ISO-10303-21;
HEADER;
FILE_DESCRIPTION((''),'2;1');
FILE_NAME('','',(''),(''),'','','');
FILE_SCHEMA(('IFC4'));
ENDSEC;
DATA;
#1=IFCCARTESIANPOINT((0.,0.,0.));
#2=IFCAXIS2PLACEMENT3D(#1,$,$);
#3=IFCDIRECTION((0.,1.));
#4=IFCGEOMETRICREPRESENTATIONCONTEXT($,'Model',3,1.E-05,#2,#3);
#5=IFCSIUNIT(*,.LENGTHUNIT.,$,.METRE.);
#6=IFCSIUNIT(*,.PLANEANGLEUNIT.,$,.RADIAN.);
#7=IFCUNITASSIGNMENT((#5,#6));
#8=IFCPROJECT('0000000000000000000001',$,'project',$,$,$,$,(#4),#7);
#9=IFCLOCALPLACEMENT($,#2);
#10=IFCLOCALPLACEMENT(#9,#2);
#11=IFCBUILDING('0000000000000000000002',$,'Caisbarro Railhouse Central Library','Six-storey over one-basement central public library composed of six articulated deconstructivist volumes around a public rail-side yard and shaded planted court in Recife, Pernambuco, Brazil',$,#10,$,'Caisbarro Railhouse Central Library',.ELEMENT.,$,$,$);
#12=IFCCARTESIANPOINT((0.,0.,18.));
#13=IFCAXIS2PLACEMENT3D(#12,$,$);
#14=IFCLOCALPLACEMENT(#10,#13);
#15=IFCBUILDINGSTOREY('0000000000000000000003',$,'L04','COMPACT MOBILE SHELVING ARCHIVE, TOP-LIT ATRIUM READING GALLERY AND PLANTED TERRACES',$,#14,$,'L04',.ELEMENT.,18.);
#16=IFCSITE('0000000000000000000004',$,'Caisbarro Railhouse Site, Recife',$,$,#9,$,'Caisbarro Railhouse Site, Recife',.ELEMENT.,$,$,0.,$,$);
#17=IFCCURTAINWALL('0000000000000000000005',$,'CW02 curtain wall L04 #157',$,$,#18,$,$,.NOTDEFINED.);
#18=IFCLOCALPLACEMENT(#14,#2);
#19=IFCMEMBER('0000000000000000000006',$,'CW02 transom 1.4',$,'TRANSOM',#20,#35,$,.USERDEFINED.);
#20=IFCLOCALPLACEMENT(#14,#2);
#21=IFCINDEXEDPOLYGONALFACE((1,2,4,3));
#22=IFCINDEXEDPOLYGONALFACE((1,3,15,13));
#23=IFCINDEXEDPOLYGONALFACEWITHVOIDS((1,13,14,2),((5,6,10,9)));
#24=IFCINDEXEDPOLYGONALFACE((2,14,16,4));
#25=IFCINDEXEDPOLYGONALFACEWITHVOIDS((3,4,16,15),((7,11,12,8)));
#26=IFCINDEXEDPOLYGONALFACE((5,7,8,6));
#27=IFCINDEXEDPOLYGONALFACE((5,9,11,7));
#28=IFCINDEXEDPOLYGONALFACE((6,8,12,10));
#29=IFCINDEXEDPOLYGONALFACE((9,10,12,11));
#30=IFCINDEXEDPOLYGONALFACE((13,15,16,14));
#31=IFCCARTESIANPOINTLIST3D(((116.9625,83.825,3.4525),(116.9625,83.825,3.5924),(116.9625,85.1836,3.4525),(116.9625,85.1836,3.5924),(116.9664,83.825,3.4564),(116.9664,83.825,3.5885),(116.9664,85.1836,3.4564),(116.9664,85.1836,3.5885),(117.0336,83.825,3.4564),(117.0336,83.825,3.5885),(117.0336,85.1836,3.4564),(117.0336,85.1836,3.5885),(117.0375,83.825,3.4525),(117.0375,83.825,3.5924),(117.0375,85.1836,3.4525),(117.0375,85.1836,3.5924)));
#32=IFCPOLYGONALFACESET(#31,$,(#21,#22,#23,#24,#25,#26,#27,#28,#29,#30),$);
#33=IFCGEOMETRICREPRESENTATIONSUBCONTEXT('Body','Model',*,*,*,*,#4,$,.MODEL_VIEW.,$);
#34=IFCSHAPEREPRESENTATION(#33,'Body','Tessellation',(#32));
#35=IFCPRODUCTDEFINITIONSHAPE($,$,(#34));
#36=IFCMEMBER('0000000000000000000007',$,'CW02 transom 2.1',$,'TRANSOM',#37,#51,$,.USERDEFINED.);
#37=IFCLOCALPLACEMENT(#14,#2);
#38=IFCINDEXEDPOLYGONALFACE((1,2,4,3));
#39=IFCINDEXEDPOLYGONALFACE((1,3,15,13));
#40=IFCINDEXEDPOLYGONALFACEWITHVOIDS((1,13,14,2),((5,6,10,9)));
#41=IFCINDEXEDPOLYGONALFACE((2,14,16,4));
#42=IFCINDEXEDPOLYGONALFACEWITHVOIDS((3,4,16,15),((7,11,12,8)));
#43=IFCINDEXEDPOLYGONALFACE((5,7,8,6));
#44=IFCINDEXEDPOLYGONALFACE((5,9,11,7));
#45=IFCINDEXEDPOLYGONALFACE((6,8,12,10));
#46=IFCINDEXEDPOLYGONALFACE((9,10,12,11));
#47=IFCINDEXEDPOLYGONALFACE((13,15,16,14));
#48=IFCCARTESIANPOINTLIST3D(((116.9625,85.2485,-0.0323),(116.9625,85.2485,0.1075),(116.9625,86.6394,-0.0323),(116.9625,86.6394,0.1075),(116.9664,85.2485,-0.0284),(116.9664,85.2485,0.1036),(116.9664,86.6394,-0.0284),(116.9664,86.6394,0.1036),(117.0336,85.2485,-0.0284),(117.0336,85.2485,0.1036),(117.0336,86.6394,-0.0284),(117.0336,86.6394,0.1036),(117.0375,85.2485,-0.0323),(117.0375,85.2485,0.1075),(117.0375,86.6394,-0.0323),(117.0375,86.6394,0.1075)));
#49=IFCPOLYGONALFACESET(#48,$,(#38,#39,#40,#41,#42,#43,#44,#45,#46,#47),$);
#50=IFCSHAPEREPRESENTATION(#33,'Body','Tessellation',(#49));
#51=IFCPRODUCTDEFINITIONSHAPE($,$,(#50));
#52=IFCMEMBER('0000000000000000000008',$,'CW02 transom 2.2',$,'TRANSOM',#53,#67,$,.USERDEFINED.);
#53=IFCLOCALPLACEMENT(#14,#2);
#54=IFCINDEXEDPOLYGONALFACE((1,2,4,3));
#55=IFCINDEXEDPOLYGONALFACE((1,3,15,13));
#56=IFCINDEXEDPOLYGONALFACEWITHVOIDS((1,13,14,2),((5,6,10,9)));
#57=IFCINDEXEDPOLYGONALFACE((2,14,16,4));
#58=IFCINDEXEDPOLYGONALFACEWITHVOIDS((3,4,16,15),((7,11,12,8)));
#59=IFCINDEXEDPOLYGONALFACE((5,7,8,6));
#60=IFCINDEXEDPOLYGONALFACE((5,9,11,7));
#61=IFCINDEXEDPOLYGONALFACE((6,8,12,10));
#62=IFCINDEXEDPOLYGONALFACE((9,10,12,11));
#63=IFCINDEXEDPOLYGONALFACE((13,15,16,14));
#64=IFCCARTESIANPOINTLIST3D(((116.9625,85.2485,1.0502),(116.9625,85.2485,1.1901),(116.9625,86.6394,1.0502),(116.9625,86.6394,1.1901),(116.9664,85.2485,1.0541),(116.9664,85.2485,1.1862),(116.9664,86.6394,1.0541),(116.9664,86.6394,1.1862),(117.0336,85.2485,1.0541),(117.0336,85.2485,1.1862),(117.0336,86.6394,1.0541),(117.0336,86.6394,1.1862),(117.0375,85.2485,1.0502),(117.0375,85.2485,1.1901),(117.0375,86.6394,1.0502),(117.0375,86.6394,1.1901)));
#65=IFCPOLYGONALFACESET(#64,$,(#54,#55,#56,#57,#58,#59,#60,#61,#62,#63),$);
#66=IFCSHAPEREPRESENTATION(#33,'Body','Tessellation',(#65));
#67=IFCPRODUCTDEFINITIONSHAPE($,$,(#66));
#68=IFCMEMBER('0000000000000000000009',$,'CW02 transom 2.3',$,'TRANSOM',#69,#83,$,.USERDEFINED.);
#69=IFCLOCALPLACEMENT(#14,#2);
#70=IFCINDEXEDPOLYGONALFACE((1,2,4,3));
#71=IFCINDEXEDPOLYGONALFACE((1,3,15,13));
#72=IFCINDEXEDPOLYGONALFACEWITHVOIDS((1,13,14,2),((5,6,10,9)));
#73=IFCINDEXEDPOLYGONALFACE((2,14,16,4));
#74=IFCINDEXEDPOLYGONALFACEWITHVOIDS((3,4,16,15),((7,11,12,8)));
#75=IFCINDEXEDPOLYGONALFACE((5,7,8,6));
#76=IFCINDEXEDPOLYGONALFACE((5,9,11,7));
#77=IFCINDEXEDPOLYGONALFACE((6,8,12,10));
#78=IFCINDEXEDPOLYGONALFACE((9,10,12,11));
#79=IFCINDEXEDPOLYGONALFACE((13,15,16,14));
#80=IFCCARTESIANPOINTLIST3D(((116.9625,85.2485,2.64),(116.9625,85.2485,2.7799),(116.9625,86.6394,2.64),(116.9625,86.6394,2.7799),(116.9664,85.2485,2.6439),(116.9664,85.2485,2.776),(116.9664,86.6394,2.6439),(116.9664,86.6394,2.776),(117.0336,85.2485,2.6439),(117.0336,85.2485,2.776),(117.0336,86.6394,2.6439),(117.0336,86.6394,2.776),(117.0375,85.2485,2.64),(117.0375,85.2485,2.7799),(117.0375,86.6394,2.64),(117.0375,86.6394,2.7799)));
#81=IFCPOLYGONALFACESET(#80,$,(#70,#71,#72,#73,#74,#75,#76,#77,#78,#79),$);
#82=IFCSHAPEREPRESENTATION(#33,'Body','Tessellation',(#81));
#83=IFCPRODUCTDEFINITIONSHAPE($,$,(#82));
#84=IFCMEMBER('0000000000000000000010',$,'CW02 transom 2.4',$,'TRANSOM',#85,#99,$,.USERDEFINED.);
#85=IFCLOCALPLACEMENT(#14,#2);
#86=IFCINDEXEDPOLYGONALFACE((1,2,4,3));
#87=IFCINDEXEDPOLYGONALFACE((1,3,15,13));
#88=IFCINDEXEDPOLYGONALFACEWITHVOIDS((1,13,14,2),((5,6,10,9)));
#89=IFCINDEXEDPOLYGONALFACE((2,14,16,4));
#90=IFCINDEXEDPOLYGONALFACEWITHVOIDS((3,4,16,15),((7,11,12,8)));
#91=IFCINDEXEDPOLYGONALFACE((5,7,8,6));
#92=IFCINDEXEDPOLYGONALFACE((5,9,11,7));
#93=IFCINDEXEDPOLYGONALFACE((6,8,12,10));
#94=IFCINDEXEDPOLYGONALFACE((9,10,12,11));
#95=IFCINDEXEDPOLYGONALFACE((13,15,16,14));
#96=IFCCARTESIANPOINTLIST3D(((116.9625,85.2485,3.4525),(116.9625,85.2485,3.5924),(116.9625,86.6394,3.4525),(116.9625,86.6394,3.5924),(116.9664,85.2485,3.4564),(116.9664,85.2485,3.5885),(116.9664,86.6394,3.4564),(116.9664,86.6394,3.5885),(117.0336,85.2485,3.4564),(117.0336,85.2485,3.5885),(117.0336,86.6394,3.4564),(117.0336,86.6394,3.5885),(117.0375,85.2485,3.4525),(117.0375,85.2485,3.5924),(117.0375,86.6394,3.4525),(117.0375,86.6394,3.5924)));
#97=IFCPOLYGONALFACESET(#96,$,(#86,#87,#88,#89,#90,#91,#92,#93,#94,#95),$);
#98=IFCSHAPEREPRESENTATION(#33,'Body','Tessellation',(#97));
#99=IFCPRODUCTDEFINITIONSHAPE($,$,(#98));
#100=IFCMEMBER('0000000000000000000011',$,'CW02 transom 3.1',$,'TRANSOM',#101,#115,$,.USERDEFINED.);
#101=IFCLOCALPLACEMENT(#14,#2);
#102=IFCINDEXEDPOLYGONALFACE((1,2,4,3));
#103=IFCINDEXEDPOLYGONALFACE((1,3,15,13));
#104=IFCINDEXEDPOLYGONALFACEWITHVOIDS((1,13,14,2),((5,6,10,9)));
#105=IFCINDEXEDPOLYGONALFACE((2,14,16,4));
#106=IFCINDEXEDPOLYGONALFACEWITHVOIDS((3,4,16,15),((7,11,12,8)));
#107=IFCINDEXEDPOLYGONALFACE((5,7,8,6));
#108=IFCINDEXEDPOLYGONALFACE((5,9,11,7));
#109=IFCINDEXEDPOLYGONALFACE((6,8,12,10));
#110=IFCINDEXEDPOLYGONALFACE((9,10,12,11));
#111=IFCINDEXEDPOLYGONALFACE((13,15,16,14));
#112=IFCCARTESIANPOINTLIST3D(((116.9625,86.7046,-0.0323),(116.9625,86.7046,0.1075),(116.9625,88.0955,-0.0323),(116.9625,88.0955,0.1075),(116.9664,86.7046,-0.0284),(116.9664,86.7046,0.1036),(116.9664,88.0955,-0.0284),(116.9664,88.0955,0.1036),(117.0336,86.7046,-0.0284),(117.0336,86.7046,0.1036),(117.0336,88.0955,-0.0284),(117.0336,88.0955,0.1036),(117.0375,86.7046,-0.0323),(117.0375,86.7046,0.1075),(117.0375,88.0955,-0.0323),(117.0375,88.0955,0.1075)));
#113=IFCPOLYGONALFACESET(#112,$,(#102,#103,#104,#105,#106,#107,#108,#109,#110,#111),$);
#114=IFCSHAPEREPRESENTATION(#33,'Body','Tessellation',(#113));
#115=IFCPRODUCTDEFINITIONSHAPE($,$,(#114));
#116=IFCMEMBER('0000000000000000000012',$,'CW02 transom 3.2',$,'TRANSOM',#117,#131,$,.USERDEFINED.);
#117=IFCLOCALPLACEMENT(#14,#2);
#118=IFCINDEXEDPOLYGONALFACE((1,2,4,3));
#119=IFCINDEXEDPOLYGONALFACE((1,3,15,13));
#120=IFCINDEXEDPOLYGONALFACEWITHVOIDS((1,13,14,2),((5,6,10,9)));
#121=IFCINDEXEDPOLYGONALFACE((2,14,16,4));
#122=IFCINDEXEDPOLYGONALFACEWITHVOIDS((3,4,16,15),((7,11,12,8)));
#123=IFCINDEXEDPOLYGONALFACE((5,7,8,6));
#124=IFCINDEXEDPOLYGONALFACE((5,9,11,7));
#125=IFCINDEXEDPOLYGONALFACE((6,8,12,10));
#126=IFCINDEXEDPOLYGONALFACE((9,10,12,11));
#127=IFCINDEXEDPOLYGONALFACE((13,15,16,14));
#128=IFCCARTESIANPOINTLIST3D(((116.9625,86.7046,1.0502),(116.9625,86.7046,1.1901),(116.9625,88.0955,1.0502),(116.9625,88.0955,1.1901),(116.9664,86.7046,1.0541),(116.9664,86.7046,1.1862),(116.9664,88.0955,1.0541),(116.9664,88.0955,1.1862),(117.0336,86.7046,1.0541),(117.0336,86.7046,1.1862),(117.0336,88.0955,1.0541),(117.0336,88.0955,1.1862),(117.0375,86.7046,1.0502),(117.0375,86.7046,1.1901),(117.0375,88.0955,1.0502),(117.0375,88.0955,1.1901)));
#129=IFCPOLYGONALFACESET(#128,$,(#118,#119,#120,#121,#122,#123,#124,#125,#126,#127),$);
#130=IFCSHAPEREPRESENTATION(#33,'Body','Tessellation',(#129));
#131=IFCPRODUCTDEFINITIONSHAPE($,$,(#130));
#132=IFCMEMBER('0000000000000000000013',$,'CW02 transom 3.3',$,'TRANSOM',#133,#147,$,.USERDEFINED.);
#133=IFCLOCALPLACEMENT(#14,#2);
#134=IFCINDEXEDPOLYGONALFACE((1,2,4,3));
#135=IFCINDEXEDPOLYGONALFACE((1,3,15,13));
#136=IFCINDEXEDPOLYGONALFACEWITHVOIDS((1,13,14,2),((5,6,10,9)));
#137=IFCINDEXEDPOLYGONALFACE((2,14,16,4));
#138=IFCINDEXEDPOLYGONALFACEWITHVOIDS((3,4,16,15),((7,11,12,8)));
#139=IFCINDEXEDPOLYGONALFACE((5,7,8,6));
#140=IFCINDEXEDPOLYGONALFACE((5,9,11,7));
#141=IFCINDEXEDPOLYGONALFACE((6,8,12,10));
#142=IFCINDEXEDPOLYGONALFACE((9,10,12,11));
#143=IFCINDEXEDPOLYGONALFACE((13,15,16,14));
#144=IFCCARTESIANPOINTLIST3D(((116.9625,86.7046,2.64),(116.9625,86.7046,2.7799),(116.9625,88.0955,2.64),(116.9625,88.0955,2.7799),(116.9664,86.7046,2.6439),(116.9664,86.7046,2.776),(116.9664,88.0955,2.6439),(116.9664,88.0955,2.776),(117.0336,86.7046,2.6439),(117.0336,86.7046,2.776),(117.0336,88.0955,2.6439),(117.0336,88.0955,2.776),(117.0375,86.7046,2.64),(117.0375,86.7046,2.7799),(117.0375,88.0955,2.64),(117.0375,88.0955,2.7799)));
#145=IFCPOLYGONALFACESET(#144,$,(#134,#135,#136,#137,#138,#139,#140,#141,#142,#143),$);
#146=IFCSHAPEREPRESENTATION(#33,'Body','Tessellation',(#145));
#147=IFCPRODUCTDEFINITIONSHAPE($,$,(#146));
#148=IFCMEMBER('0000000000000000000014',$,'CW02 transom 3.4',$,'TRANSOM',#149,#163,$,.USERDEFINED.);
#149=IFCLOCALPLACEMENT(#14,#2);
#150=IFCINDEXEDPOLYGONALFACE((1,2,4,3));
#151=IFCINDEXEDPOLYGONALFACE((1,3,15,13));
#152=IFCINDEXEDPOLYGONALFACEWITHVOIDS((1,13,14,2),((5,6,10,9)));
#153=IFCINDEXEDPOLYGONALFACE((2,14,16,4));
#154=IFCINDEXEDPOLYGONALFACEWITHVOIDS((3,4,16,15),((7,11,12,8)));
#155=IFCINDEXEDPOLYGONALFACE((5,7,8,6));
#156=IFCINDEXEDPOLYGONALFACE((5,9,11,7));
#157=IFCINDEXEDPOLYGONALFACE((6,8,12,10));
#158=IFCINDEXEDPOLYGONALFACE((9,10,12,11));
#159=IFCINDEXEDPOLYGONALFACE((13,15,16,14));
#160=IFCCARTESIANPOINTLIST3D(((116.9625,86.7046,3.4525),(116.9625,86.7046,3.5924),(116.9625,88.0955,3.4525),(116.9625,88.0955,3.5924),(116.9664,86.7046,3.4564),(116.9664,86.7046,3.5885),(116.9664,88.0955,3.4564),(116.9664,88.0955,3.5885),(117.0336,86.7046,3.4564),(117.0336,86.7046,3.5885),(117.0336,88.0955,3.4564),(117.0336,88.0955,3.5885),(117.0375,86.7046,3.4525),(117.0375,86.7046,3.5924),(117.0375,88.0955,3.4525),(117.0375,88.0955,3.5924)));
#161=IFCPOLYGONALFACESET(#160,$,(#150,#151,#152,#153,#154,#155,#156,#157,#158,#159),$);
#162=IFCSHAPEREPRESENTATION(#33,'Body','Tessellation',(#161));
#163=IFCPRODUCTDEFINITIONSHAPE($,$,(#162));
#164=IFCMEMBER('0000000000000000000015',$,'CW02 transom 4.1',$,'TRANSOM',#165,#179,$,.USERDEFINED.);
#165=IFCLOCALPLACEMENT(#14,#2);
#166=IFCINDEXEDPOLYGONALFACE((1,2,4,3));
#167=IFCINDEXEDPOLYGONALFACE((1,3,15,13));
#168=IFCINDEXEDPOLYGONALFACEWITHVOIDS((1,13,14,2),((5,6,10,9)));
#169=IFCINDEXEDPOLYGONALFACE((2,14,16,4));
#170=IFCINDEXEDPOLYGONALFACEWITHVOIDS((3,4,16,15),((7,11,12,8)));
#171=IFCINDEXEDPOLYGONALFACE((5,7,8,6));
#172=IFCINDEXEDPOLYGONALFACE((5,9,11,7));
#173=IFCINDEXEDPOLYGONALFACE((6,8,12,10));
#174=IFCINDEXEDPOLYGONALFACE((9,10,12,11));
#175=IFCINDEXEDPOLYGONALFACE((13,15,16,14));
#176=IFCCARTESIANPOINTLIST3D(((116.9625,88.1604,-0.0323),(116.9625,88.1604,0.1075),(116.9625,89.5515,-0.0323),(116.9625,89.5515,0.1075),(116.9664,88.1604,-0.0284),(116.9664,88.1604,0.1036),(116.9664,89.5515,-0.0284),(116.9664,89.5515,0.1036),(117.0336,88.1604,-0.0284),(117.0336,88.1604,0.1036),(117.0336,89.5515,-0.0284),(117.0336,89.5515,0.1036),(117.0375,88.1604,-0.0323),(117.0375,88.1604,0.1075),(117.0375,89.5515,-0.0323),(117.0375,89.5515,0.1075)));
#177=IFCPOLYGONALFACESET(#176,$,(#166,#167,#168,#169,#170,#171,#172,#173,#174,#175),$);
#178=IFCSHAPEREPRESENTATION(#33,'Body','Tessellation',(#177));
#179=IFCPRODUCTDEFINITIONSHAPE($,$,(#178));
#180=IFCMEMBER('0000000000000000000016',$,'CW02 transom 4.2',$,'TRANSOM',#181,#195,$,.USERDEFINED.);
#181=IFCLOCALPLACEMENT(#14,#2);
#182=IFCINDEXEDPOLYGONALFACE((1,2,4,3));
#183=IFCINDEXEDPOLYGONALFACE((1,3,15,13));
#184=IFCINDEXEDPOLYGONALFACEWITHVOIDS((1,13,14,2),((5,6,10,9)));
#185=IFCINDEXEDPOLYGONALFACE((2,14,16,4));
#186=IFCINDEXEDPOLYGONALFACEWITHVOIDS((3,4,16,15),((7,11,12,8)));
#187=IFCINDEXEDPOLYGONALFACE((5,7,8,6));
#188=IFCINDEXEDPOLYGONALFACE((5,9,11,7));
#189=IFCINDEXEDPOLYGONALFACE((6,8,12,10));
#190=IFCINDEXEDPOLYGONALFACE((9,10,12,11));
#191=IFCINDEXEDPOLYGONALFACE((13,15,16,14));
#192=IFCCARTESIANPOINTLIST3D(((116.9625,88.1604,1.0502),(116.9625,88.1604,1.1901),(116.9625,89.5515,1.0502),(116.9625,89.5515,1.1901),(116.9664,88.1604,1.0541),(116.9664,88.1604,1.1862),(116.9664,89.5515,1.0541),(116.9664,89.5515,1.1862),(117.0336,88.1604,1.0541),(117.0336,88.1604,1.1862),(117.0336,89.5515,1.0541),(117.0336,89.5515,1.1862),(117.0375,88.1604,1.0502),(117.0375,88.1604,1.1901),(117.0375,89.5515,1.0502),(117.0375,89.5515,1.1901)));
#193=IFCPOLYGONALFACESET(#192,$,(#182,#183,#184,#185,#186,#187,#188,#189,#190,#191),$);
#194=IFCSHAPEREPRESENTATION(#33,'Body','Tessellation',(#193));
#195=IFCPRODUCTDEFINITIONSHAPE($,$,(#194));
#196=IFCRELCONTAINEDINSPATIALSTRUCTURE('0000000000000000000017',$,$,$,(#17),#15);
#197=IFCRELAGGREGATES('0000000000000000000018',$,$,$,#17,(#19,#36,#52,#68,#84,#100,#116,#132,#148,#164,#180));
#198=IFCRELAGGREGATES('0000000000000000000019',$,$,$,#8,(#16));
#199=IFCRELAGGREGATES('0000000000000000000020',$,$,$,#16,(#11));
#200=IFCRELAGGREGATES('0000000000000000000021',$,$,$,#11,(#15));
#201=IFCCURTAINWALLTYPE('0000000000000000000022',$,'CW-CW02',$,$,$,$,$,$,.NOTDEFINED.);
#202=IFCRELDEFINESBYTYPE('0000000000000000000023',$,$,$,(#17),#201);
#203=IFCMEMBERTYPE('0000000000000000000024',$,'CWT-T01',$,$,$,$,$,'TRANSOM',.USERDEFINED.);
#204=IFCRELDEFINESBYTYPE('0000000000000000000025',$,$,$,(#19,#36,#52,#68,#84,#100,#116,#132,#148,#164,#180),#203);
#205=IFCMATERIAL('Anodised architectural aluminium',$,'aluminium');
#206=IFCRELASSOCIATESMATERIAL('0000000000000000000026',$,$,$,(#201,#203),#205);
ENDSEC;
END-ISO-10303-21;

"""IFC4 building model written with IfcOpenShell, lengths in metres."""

from ifc_helpers import new_model, si_unit, direction, frame, origin, origin_2d, place, context, subcontext, project, spatial, hollow_rectangle, extrude, material, material_profile, profile_set, type_object, element, aggregate, save


model = new_model("IFC4")

# Units and contexts
model_context = context("Model", 3, precision=1e-05, world=origin(), true_north=direction((0.0, 1.0)))
body_context = subcontext(model_context, "Body", "Model", "MODEL_VIEW")
ifc_project = project(units=[si_unit("LENGTHUNIT", "METRE"), si_unit("PLANEANGLEUNIT", "RADIAN")], contexts=[model_context])

# Site, building, storey
site_placement = place(None, origin())
site = spatial("IfcSite", under=ifc_project, at=site_placement, Name="Caisbarro Railhouse Site, Recife", LongName="Caisbarro Railhouse Site, Recife", CompositionType="ELEMENT", RefElevation=0.0)
building_placement = place(site_placement, origin())
building = spatial("IfcBuilding", under=site, at=building_placement, Name="Caisbarro Railhouse Central Library", Description="Six-storey over one-basement central public library composed of six articulated deconstructivist volumes around a public rail-side yard and shaded planted court in Recife, Pernambuco, Brazil", LongName="Caisbarro Railhouse Central Library", CompositionType="ELEMENT")
storey_placement = place(building_placement, frame((0.0, 0.0, 18.0)))
storey = spatial("IfcBuildingStorey", under=building, at=storey_placement, Name="L04", Description="COMPACT MOBILE SHELVING ARCHIVE, TOP-LIT ATRIUM READING GALLERY AND PLANTED TERRACES", LongName="L04", CompositionType="ELEMENT", Elevation=18.0)

# Curtain wall, members
ifc_material_1 = material(Name="Anodised architectural aluminium", Category="aluminium")
curtain_wall_type = type_object("IfcCurtainWallType", Name="CW-CW02", PredefinedType="NOTDEFINED", material=ifc_material_1)
curtain_wall_placement = place(storey_placement, origin())
curtain_wall = element("IfcCurtainWall", 1, at=curtain_wall_placement, inside=storey, type_object=curtain_wall_type, Name="CW02 curtain wall L04 #157", PredefinedType="NOTDEFINED")
ifc_material_profile_1 = material_profile(ifc_material_1, hollow_rectangle(XDim=0.075, YDim=0.1399, WallThickness=0.0039, at=origin_2d()), Name="ALU-TRN-75X140")
ifc_profile_set_1 = profile_set([ifc_material_profile_1], Name="Anodised architectural aluminium")
member_type = type_object("IfcMemberType", Name="CWT-T01", ElementType="TRANSOM", PredefinedType="USERDEFINED", material=ifc_profile_set_1)
member_1_placement = place(storey_placement, frame((117.0, 83.825, 3.5225), z_axis=(0.0, 1.0, 0.0), x_axis=(-1.0, 0.0, 0.0)))
member_1 = element("IfcMember", 2, at=member_1_placement, type_object=member_type, Name="CW02 transom 1.4", ObjectType="TRANSOM", PredefinedType="USERDEFINED", context=body_context, shape_type="SweptSolid", body=[
    extrude(hollow_rectangle(XDim=0.075, YDim=0.1399, WallThickness=0.0039, at=origin_2d()), origin(), (0.0, 0.0, 1.0), 1.3586),
])
member_2_placement = place(storey_placement, frame((117.0, 85.2485, 0.0376), z_axis=(0.0, 1.0, 0.0), x_axis=(-1.0, 0.0, 0.0)))
member_2 = element("IfcMember", 3, at=member_2_placement, type_object=member_type, Name="CW02 transom 2.1", ObjectType="TRANSOM", PredefinedType="USERDEFINED", context=body_context, shape_type="SweptSolid", body=[
    extrude(hollow_rectangle(XDim=0.075, YDim=0.1399, WallThickness=0.0039, at=origin_2d()), origin(), (0.0, 0.0, 1.0), 1.3909),
])
member_3_placement = place(storey_placement, frame((117.0, 85.2485, 1.1201), z_axis=(0.0, 1.0, 0.0), x_axis=(-1.0, 0.0, 0.0)))
member_3 = element("IfcMember", 4, at=member_3_placement, type_object=member_type, Name="CW02 transom 2.2", ObjectType="TRANSOM", PredefinedType="USERDEFINED", context=body_context, shape_type="SweptSolid", body=[
    extrude(hollow_rectangle(XDim=0.075, YDim=0.1399, WallThickness=0.0039, at=origin_2d()), origin(), (0.0, 0.0, 1.0), 1.3909),
])
member_4_placement = place(storey_placement, frame((117.0, 85.2485, 2.71), z_axis=(0.0, 1.0, 0.0), x_axis=(-1.0, 0.0, 0.0)))
member_4 = element("IfcMember", 5, at=member_4_placement, type_object=member_type, Name="CW02 transom 2.3", ObjectType="TRANSOM", PredefinedType="USERDEFINED", context=body_context, shape_type="SweptSolid", body=[
    extrude(hollow_rectangle(XDim=0.075, YDim=0.1399, WallThickness=0.0039, at=origin_2d()), origin(), (0.0, 0.0, 1.0), 1.3909),
])
member_5_placement = place(storey_placement, frame((117.0, 85.2485, 3.5225), z_axis=(0.0, 1.0, 0.0), x_axis=(-1.0, 0.0, 0.0)))
member_5 = element("IfcMember", 6, at=member_5_placement, type_object=member_type, Name="CW02 transom 2.4", ObjectType="TRANSOM", PredefinedType="USERDEFINED", context=body_context, shape_type="SweptSolid", body=[
    extrude(hollow_rectangle(XDim=0.075, YDim=0.1399, WallThickness=0.0039, at=origin_2d()), origin(), (0.0, 0.0, 1.0), 1.3909),
])
member_6_placement = place(storey_placement, frame((117.0, 86.7046, 0.0376), z_axis=(0.0, 1.0, 0.0), x_axis=(-1.0, 0.0, 0.0)))
member_6 = element("IfcMember", 7, at=member_6_placement, type_object=member_type, Name="CW02 transom 3.1", ObjectType="TRANSOM", PredefinedType="USERDEFINED", context=body_context, shape_type="SweptSolid", body=[
    extrude(hollow_rectangle(XDim=0.075, YDim=0.1399, WallThickness=0.0039, at=origin_2d()), origin(), (0.0, 0.0, 1.0), 1.3909),
])
member_7_placement = place(storey_placement, frame((117.0, 86.7046, 1.1201), z_axis=(0.0, 1.0, 0.0), x_axis=(-1.0, 0.0, 0.0)))
member_7 = element("IfcMember", 8, at=member_7_placement, type_object=member_type, Name="CW02 transom 3.2", ObjectType="TRANSOM", PredefinedType="USERDEFINED", context=body_context, shape_type="SweptSolid", body=[
    extrude(hollow_rectangle(XDim=0.075, YDim=0.1399, WallThickness=0.0039, at=origin_2d()), origin(), (0.0, 0.0, 1.0), 1.3909),
])
member_8_placement = place(storey_placement, frame((117.0, 86.7046, 2.71), z_axis=(0.0, 1.0, 0.0), x_axis=(-1.0, 0.0, 0.0)))
member_8 = element("IfcMember", 9, at=member_8_placement, type_object=member_type, Name="CW02 transom 3.3", ObjectType="TRANSOM", PredefinedType="USERDEFINED", context=body_context, shape_type="SweptSolid", body=[
    extrude(hollow_rectangle(XDim=0.075, YDim=0.1399, WallThickness=0.0039, at=origin_2d()), origin(), (0.0, 0.0, 1.0), 1.3909),
])
member_9_placement = place(storey_placement, frame((117.0, 86.7046, 3.5225), z_axis=(0.0, 1.0, 0.0), x_axis=(-1.0, 0.0, 0.0)))
member_9 = element("IfcMember", 10, at=member_9_placement, type_object=member_type, Name="CW02 transom 3.4", ObjectType="TRANSOM", PredefinedType="USERDEFINED", context=body_context, shape_type="SweptSolid", body=[
    extrude(hollow_rectangle(XDim=0.075, YDim=0.1399, WallThickness=0.0039, at=origin_2d()), origin(), (0.0, 0.0, 1.0), 1.3909),
])
member_10_placement = place(storey_placement, frame((117.0, 88.1604, 0.0376), z_axis=(0.0, 1.0, 0.0), x_axis=(-1.0, 0.0, 0.0)))
member_10 = element("IfcMember", 11, at=member_10_placement, type_object=member_type, Name="CW02 transom 4.1", ObjectType="TRANSOM", PredefinedType="USERDEFINED", context=body_context, shape_type="SweptSolid", body=[
    extrude(hollow_rectangle(XDim=0.075, YDim=0.1399, WallThickness=0.0039, at=origin_2d()), origin(), (0.0, 0.0, 1.0), 1.3911),
])
member_11_placement = place(storey_placement, frame((117.0, 88.1604, 1.1201), z_axis=(0.0, 1.0, 0.0), x_axis=(-1.0, 0.0, 0.0)))
member_11 = element("IfcMember", 12, at=member_11_placement, type_object=member_type, Name="CW02 transom 4.2", ObjectType="TRANSOM", PredefinedType="USERDEFINED", context=body_context, shape_type="SweptSolid", body=[
    extrude(hollow_rectangle(XDim=0.075, YDim=0.1399, WallThickness=0.0039, at=origin_2d()), origin(), (0.0, 0.0, 1.0), 1.3911),
])
aggregate(curtain_wall, [member_1, member_2, member_3, member_4, member_5, member_6, member_7, member_8, member_9, member_10, member_11])

save(model, "model.ifc")
